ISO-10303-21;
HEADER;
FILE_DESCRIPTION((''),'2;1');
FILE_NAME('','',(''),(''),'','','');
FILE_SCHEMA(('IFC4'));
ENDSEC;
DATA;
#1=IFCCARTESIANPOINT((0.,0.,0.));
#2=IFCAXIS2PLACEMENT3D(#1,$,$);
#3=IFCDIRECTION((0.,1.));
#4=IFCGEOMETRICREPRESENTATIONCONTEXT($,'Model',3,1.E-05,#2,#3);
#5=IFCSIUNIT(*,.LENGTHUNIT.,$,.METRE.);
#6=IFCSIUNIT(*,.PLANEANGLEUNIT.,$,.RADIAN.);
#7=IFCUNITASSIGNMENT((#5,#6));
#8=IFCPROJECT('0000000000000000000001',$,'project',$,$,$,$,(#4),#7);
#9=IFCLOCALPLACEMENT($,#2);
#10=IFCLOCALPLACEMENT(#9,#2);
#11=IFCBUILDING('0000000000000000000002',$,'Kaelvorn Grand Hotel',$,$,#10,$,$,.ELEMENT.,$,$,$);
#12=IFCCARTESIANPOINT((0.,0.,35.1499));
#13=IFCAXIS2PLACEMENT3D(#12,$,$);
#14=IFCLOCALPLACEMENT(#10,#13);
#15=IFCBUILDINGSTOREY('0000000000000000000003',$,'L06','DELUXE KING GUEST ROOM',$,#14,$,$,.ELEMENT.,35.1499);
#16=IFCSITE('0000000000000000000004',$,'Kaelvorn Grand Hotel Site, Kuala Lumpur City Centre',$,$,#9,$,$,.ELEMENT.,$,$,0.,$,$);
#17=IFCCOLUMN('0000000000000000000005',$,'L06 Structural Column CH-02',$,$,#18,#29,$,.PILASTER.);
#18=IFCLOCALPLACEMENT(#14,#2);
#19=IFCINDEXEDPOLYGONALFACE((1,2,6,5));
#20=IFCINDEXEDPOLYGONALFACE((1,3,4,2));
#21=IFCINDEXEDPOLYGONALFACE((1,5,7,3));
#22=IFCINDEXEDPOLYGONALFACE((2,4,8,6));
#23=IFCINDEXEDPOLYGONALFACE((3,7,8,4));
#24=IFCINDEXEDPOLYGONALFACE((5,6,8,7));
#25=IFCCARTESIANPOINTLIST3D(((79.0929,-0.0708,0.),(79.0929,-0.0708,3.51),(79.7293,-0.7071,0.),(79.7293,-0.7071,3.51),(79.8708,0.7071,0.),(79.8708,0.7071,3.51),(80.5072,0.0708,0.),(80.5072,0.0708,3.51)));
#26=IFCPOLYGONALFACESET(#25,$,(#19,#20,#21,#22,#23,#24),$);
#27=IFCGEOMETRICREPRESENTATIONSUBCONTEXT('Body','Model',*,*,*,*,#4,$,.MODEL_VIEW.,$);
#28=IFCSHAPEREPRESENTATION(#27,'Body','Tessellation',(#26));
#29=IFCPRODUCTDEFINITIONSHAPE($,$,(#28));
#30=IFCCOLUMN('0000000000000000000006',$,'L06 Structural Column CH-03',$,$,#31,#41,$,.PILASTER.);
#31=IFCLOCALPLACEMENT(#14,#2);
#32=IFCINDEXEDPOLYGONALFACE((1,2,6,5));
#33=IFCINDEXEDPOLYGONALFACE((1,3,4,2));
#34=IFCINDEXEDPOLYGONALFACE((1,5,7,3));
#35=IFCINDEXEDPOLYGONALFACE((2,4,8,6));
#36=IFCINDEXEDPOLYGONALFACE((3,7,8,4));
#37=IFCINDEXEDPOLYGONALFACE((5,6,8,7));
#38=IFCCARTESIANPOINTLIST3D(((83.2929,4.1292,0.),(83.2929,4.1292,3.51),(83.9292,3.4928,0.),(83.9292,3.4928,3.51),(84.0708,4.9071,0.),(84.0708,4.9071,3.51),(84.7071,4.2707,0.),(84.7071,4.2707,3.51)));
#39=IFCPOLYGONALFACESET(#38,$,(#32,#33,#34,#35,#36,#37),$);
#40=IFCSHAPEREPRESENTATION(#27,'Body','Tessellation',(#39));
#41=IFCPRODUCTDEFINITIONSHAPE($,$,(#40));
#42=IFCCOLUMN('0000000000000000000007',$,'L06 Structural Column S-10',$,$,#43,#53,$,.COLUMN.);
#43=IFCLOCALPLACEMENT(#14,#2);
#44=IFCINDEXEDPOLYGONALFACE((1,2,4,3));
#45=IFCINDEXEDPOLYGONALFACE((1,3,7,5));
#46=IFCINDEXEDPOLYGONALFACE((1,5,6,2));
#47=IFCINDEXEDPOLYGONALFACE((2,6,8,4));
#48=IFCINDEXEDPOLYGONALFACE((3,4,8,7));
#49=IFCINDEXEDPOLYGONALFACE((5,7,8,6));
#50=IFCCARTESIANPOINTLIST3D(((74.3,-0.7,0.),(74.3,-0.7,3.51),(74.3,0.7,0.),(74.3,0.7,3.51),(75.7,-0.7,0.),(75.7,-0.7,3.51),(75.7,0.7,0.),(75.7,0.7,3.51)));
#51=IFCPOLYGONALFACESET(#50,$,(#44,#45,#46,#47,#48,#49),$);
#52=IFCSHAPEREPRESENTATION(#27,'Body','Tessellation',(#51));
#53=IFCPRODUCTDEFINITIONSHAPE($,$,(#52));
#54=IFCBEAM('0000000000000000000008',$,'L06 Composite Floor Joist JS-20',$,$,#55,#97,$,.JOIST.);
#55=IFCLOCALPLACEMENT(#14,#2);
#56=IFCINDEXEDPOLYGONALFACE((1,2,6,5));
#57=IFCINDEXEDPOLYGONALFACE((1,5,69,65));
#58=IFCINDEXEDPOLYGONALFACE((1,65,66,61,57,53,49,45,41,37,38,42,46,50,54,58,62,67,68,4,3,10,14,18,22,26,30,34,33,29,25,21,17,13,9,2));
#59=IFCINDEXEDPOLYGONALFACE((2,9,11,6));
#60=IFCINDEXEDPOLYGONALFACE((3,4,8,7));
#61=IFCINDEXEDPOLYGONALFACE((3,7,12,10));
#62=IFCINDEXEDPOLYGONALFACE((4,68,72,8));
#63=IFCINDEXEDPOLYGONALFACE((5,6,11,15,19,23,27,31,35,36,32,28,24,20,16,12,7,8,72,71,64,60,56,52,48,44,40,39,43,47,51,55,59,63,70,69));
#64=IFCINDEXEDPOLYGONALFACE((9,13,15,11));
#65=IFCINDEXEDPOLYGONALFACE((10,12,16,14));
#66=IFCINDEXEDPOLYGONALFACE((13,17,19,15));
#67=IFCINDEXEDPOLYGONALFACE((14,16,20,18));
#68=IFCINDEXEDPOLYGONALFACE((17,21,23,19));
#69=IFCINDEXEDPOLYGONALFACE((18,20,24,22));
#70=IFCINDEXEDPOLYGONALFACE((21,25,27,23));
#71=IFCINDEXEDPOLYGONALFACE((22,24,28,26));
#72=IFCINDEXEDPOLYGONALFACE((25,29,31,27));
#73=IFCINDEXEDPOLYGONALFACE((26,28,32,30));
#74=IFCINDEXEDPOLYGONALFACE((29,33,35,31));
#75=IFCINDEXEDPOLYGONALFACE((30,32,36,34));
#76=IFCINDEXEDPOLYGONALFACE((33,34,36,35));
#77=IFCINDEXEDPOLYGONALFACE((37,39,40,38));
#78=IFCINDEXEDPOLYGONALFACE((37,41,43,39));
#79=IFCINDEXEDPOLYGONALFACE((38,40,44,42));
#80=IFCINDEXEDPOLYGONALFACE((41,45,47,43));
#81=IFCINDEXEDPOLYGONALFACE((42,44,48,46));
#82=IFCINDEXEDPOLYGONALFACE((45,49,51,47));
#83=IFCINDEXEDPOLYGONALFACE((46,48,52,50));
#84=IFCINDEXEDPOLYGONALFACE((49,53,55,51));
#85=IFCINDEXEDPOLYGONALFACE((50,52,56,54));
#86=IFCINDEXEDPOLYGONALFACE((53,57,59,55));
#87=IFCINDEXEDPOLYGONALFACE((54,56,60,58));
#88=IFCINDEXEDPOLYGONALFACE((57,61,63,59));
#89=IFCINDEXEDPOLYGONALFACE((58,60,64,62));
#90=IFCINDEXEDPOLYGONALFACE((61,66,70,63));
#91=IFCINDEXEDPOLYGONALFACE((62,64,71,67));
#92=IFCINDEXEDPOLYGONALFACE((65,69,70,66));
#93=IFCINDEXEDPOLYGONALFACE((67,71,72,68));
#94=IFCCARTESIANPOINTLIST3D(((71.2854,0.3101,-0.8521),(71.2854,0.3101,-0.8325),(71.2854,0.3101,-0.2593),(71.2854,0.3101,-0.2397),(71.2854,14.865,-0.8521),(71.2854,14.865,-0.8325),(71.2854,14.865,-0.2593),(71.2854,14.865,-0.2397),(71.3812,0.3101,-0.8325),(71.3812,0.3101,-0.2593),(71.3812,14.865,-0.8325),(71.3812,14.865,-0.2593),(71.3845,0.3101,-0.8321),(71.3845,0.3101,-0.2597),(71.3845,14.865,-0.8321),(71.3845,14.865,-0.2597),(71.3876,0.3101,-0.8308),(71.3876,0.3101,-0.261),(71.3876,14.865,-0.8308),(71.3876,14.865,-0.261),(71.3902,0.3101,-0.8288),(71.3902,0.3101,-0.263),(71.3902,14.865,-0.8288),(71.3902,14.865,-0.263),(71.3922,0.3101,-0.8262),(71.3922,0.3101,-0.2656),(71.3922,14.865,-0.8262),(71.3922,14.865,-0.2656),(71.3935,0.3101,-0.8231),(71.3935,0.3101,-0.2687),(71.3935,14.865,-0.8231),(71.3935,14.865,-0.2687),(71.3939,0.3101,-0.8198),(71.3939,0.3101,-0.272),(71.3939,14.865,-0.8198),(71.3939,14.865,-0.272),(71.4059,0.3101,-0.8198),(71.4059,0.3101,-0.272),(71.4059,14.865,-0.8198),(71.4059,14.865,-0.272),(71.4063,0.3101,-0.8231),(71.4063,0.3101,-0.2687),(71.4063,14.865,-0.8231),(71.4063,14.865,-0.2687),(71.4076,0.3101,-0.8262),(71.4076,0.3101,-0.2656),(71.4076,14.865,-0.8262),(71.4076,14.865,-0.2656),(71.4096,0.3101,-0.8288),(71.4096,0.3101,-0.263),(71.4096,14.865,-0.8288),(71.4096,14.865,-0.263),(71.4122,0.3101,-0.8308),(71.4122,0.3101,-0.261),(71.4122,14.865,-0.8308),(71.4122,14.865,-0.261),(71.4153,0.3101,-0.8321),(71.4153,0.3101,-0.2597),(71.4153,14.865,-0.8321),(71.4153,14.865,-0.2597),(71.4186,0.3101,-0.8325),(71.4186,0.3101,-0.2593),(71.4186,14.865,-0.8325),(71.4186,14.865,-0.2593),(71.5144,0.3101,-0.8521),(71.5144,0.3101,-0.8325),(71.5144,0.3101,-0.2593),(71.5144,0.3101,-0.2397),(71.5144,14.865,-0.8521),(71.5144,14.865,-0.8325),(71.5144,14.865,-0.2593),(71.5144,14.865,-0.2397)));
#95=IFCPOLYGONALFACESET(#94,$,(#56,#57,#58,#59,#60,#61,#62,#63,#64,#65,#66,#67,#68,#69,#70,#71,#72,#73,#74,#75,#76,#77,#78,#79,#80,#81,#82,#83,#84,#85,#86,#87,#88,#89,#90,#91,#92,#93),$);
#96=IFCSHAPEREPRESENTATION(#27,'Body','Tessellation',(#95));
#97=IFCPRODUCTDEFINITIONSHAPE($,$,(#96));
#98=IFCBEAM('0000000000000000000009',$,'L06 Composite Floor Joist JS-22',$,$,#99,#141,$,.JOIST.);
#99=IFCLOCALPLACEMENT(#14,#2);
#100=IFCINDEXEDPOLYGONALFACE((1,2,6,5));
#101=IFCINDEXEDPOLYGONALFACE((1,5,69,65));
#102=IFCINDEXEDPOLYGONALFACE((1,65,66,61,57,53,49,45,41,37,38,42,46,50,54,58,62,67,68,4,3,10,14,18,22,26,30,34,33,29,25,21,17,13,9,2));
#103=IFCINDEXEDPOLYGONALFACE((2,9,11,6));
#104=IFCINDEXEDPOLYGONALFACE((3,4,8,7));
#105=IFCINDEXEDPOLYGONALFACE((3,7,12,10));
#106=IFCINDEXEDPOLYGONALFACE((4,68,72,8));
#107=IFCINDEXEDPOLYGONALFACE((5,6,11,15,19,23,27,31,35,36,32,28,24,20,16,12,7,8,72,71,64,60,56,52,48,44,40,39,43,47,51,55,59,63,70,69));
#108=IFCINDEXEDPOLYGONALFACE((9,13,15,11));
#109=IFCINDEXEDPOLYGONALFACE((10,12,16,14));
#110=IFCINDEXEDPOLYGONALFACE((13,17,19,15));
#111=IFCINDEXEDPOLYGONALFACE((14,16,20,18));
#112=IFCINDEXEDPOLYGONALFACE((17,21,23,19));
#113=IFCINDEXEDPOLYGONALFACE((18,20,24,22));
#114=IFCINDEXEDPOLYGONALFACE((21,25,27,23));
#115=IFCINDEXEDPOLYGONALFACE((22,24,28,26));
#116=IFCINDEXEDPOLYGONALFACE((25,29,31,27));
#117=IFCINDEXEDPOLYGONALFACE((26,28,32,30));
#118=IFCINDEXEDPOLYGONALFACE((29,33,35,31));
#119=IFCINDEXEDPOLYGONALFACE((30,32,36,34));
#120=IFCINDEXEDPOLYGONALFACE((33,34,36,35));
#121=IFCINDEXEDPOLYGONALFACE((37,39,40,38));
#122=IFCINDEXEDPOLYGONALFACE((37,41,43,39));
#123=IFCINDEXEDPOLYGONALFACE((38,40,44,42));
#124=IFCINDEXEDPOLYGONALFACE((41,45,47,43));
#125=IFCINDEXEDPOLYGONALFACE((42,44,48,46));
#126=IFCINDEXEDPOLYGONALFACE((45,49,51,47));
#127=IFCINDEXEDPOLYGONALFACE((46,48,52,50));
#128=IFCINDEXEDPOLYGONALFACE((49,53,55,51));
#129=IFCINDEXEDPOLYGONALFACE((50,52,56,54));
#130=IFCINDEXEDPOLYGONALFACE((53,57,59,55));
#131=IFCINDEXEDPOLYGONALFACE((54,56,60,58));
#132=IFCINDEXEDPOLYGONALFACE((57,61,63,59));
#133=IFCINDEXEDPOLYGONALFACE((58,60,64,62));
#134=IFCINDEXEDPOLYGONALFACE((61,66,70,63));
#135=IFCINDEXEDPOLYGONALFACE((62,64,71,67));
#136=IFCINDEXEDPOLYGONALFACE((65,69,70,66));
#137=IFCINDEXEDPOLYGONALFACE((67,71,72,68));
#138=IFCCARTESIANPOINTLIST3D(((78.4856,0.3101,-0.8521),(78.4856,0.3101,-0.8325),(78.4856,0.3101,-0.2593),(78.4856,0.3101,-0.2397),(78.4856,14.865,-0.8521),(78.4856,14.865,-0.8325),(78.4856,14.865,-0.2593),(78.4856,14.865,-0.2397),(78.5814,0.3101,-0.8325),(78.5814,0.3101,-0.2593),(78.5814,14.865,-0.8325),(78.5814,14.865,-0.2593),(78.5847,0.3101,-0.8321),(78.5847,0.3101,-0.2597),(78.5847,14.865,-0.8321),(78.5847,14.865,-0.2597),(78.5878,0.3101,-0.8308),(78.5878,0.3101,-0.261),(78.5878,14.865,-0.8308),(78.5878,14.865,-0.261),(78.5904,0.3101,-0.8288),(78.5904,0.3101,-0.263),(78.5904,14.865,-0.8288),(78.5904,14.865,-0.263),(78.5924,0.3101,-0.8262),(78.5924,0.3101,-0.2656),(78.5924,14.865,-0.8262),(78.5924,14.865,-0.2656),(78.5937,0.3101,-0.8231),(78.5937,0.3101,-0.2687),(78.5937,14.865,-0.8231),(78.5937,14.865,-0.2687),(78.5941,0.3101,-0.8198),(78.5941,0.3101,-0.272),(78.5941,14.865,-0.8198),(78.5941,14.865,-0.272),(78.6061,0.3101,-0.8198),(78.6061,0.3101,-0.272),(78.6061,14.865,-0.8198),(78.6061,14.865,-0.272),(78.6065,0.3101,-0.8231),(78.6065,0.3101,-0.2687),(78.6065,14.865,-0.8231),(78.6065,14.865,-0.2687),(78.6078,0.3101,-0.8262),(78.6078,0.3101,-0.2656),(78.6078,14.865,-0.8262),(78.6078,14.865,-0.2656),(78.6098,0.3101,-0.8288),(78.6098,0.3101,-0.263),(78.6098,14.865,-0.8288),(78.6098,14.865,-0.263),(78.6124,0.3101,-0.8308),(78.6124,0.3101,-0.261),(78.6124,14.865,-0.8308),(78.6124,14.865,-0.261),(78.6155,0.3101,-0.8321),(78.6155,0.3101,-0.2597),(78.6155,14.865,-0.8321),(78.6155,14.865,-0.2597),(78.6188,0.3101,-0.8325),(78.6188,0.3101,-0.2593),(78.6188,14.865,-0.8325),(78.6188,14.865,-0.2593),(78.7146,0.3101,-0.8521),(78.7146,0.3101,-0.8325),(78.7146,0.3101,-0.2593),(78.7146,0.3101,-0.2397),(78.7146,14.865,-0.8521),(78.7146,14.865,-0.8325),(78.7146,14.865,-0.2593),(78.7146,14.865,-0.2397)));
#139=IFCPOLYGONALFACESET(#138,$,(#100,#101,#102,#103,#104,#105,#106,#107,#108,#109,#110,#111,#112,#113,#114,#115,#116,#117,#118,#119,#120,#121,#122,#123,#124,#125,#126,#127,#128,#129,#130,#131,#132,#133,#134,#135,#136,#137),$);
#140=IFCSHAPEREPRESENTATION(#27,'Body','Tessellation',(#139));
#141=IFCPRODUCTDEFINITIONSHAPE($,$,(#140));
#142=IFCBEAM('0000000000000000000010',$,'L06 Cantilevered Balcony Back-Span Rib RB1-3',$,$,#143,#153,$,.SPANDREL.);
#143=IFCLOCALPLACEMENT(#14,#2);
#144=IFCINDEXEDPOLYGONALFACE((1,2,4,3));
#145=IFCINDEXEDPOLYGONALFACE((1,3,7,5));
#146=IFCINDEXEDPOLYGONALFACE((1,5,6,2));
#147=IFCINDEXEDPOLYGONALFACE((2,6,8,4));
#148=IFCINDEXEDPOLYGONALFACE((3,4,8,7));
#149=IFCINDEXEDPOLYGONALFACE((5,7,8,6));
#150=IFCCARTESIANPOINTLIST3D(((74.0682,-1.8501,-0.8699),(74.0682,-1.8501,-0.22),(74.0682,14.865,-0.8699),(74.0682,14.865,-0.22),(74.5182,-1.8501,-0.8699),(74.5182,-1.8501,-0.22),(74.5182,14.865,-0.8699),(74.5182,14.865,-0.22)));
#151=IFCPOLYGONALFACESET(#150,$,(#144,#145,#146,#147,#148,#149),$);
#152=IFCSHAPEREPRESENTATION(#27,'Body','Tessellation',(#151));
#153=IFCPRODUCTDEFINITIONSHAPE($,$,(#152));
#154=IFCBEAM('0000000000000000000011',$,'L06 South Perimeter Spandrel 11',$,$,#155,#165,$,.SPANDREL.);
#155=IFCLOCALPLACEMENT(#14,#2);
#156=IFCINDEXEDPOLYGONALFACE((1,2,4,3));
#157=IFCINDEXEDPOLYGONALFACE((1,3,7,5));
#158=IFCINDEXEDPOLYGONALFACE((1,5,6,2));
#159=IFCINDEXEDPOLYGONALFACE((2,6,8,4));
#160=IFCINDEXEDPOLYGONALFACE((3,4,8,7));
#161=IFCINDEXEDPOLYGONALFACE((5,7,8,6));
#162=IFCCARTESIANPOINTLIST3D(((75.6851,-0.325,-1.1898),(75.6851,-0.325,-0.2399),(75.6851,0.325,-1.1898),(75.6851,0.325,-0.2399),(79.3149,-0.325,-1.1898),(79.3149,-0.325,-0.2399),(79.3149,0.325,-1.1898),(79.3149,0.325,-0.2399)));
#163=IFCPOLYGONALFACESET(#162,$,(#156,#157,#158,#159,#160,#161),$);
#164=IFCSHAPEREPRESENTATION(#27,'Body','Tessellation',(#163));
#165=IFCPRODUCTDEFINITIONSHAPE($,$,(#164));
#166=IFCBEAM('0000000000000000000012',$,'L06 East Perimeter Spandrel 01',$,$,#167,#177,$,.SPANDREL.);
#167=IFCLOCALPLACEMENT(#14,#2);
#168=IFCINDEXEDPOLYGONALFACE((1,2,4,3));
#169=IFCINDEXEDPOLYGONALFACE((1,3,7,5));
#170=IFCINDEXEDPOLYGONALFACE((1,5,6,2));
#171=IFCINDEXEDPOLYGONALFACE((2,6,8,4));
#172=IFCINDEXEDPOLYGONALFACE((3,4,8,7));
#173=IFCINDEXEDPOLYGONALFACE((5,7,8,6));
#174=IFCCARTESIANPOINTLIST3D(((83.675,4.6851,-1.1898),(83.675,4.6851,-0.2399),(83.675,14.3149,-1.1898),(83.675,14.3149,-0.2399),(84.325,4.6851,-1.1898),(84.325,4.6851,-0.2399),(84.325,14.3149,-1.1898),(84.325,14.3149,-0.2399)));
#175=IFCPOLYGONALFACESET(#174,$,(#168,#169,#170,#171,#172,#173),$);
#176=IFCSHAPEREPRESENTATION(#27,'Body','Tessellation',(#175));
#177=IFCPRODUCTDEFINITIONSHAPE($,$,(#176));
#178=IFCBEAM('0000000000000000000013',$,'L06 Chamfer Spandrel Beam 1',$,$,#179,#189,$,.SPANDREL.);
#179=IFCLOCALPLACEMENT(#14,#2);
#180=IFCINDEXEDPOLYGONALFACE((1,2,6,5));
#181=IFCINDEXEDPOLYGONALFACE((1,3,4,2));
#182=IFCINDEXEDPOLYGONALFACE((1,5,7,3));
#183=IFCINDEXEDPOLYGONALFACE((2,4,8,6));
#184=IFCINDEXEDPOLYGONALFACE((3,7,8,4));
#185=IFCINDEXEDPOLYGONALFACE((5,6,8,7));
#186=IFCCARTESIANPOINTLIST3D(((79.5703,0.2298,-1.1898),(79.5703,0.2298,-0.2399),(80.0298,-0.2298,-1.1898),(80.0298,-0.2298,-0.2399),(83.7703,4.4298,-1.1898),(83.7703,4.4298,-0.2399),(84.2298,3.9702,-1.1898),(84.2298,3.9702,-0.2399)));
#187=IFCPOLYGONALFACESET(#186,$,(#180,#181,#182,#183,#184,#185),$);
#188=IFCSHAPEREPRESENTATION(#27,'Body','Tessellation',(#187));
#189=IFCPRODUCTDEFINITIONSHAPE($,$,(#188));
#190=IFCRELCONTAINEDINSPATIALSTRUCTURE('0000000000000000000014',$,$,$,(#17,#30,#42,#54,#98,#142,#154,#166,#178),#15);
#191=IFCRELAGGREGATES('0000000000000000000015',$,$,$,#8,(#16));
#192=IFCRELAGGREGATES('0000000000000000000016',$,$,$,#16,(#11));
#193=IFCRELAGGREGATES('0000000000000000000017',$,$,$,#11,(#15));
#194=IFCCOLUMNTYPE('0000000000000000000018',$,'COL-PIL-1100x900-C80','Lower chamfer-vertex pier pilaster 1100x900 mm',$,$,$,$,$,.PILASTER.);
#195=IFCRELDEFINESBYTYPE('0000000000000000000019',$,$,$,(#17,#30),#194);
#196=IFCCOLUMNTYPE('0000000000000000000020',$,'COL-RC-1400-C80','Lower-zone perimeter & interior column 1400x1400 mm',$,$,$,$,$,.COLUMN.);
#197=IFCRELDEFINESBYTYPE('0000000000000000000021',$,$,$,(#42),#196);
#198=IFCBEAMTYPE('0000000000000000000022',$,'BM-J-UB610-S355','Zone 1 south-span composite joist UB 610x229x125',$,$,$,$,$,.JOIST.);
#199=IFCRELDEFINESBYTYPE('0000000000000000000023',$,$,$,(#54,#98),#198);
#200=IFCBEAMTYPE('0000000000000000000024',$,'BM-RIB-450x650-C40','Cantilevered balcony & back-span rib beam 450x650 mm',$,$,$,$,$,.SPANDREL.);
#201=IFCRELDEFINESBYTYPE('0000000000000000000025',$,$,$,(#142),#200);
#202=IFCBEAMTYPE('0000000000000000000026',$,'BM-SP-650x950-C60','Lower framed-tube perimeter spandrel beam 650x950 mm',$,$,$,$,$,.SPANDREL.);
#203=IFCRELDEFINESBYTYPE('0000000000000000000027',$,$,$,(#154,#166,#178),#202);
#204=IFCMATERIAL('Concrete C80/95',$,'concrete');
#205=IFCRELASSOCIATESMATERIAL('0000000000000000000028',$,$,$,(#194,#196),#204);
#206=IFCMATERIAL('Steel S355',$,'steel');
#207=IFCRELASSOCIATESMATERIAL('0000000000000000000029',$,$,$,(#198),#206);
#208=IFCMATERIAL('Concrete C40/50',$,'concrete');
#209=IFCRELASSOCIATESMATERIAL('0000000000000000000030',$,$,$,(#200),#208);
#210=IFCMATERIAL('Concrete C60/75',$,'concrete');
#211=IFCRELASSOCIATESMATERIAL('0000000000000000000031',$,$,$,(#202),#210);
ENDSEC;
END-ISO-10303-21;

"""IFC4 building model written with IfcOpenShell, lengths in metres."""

from ifc_helpers import new_model, si_unit, direction, frame, origin, origin_2d, place, context, subcontext, project, spatial, rectangle, i_section, extrude, material, material_profile, profile_set, type_object, element, save


model = new_model("IFC4")

# Units and contexts
model_context = context("Model", 3, precision=1e-05, world=origin(), true_north=direction((0.0, 1.0)))
body_context = subcontext(model_context, "Body", "Model", "MODEL_VIEW")
ifc_project = project(units=[si_unit("LENGTHUNIT", "METRE"), si_unit("PLANEANGLEUNIT", "RADIAN")], contexts=[model_context])

# Site, building, storey
site_placement = place(None, origin())
site = spatial("IfcSite", under=ifc_project, at=site_placement, Name="Kaelvorn Grand Hotel Site, Kuala Lumpur City Centre", CompositionType="ELEMENT", RefElevation=0.0)
building_placement = place(site_placement, origin())
building = spatial("IfcBuilding", under=site, at=building_placement, Name="Kaelvorn Grand Hotel", CompositionType="ELEMENT")
storey_placement = place(building_placement, frame((0.0, 0.0, 35.1499)))
storey = spatial("IfcBuildingStorey", under=building, at=storey_placement, Name="L06", Description="DELUXE KING GUEST ROOM", CompositionType="ELEMENT", Elevation=35.1499)

# Columns
ifc_material_1 = material(Name="Concrete C80/95", Category="concrete")
ifc_material_profile_1 = material_profile(ifc_material_1, rectangle(XDim=1.1001, YDim=0.8999, at=origin_2d()), Name="RC PILASTER 1100x900")
ifc_profile_set_1 = profile_set([ifc_material_profile_1], Name="Concrete C80/95")
column_type_1 = type_object("IfcColumnType", Name="COL-PIL-1100x900-C80", Description="Lower chamfer-vertex pier pilaster 1100x900 mm", PredefinedType="PILASTER", material=ifc_profile_set_1)
for number, where, z_axis, x_axis, name in (
    (1, (79.8, 0.0, 0.0), (0.0, 0.0, 1.0), (0.707107, 0.707107, 0.0), "L06 Structural Column CH-02"),
    (2, (84.0, 4.2, 0.0), (0.0, 0.0, 1.0), (0.707107, 0.707107, 0.0), "L06 Structural Column CH-03"),
):
    element("IfcColumn", number, at=place(storey_placement, frame(where, z_axis=z_axis, x_axis=x_axis)), inside=storey, type_object=column_type_1, Name=name, PredefinedType="PILASTER", context=body_context, shape_type="SweptSolid", body=[
        extrude(rectangle(XDim=1.1001, YDim=0.8999, at=origin_2d()), origin(), (0.0, 0.0, 1.0), 3.51),
    ])
ifc_material_profile_2 = material_profile(ifc_material_1, rectangle(XDim=1.3999, YDim=1.3999, at=origin_2d()), Name="RC COL 1400x1400")
ifc_profile_set_2 = profile_set([ifc_material_profile_2], Name="Concrete C80/95")
column_type_2 = type_object("IfcColumnType", Name="COL-RC-1400-C80", Description="Lower-zone perimeter & interior column 1400x1400 mm", PredefinedType="COLUMN", material=ifc_profile_set_2)
column_placement = place(storey_placement, frame((75.0, 0.0, 0.0), z_axis=(0.0, 0.0, 1.0), x_axis=(1.0, 0.0, 0.0)))
element("IfcColumn", 3, at=column_placement, inside=storey, type_object=column_type_2, Name="L06 Structural Column S-10", PredefinedType="COLUMN", context=body_context, shape_type="SweptSolid", body=[
    extrude(rectangle(XDim=1.3999, YDim=1.3999, at=origin_2d()), origin(), (0.0, 0.0, 1.0), 3.51),
])

# Beams
ifc_material_2 = material(Name="Steel S355", Category="steel")
ifc_material_profile_3 = material_profile(ifc_material_2, i_section(OverallWidth=0.229, OverallDepth=0.6123, WebThickness=0.012, FlangeThickness=0.0195, FilletRadius=0.0127, at=origin_2d()), Name="UB 610x229x125")
ifc_profile_set_3 = profile_set([ifc_material_profile_3], Name="Steel S355")
beam_type_1 = type_object("IfcBeamType", Name="BM-J-UB610-S355", Description="Zone 1 south-span composite joist UB 610x229x125", PredefinedType="JOIST", material=ifc_profile_set_3)
for number, where, z_axis, x_axis, name in (
    (4, (71.3999, 0.3101, -0.5459), (0.0, 1.0, 0.0), (-1.0, 0.0, 0.0), "L06 Composite Floor Joist JS-20"),
    (5, (78.6001, 0.3101, -0.5459), (0.0, 1.0, 0.0), (-1.0, 0.0, 0.0), "L06 Composite Floor Joist JS-22"),
):
    element("IfcBeam", number, at=place(storey_placement, frame(where, z_axis=z_axis, x_axis=x_axis)), inside=storey, type_object=beam_type_1, Name=name, PredefinedType="JOIST", context=body_context, shape_type="SweptSolid", body=[
        extrude(i_section(OverallWidth=0.229, OverallDepth=0.6123, WebThickness=0.012, FlangeThickness=0.0195, FilletRadius=0.0127, at=origin_2d()), origin(), (0.0, 0.0, 1.0), 14.5549),
    ])
ifc_material_3 = material(Name="Concrete C40/50", Category="concrete")
ifc_material_profile_4 = material_profile(ifc_material_3, rectangle(XDim=0.45, YDim=0.6499, at=origin_2d()), Name="RC RIB 450x650")
ifc_profile_set_4 = profile_set([ifc_material_profile_4], Name="Concrete C40/50")
beam_type_2 = type_object("IfcBeamType", Name="BM-RIB-450x650-C40", Description="Cantilevered balcony & back-span rib beam 450x650 mm", PredefinedType="SPANDREL", material=ifc_profile_set_4)
beam_1_placement = place(storey_placement, frame((74.2932, -1.8501, -0.5449), z_axis=(0.0, 1.0, 0.0), x_axis=(-1.0, 0.0, 0.0)))
element("IfcBeam", 6, at=beam_1_placement, inside=storey, type_object=beam_type_2, Name="L06 Cantilevered Balcony Back-Span Rib RB1-3", PredefinedType="SPANDREL", context=body_context, shape_type="SweptSolid", body=[
    extrude(rectangle(XDim=0.45, YDim=0.6499, at=origin_2d()), origin(), (0.0, 0.0, 1.0), 16.7151),
])
ifc_material_4 = material(Name="Concrete C60/75", Category="concrete")
ifc_material_profile_5 = material_profile(ifc_material_4, rectangle(XDim=0.6499, YDim=0.95, at=origin_2d()), Name="RC SPANDREL 650x950")
ifc_profile_set_5 = profile_set([ifc_material_profile_5], Name="Concrete C60/75")
beam_type_3 = type_object("IfcBeamType", Name="BM-SP-650x950-C60", Description="Lower framed-tube perimeter spandrel beam 650x950 mm", PredefinedType="SPANDREL", material=ifc_profile_set_5)
beam_2_placement = place(storey_placement, frame((75.6851, 0.0, -0.7148), z_axis=(1.0, 0.0, 0.0), x_axis=(0.0, 1.0, 0.0)))
element("IfcBeam", 7, at=beam_2_placement, inside=storey, type_object=beam_type_3, Name="L06 South Perimeter Spandrel 11", PredefinedType="SPANDREL", context=body_context, shape_type="SweptSolid", body=[
    extrude(rectangle(XDim=0.6499, YDim=0.95, at=origin_2d()), origin(), (0.0, 0.0, 1.0), 3.6299),
])
beam_3_placement = place(storey_placement, frame((84.0, 4.6851, -0.7148), z_axis=(0.0, 1.0, 0.0), x_axis=(-1.0, 0.0, 0.0)))
element("IfcBeam", 8, at=beam_3_placement, inside=storey, type_object=beam_type_3, Name="L06 East Perimeter Spandrel 01", PredefinedType="SPANDREL", context=body_context, shape_type="SweptSolid", body=[
    extrude(rectangle(XDim=0.6499, YDim=0.95, at=origin_2d()), origin(), (0.0, 0.0, 1.0), 9.6299),
])
beam_4_placement = place(storey_placement, frame((79.8, 0.0, -0.7148), z_axis=(0.707107, 0.707107, 0.0), x_axis=(-0.707107, 0.707107, 0.0)))
element("IfcBeam", 9, at=beam_4_placement, inside=storey, type_object=beam_type_3, Name="L06 Chamfer Spandrel Beam 1", PredefinedType="SPANDREL", context=body_context, shape_type="SweptSolid", body=[
    extrude(rectangle(XDim=0.6499, YDim=0.95, at=origin_2d()), origin(), (0.0, 0.0, 1.0), 5.9397),
])

save(model, "model.ifc")
